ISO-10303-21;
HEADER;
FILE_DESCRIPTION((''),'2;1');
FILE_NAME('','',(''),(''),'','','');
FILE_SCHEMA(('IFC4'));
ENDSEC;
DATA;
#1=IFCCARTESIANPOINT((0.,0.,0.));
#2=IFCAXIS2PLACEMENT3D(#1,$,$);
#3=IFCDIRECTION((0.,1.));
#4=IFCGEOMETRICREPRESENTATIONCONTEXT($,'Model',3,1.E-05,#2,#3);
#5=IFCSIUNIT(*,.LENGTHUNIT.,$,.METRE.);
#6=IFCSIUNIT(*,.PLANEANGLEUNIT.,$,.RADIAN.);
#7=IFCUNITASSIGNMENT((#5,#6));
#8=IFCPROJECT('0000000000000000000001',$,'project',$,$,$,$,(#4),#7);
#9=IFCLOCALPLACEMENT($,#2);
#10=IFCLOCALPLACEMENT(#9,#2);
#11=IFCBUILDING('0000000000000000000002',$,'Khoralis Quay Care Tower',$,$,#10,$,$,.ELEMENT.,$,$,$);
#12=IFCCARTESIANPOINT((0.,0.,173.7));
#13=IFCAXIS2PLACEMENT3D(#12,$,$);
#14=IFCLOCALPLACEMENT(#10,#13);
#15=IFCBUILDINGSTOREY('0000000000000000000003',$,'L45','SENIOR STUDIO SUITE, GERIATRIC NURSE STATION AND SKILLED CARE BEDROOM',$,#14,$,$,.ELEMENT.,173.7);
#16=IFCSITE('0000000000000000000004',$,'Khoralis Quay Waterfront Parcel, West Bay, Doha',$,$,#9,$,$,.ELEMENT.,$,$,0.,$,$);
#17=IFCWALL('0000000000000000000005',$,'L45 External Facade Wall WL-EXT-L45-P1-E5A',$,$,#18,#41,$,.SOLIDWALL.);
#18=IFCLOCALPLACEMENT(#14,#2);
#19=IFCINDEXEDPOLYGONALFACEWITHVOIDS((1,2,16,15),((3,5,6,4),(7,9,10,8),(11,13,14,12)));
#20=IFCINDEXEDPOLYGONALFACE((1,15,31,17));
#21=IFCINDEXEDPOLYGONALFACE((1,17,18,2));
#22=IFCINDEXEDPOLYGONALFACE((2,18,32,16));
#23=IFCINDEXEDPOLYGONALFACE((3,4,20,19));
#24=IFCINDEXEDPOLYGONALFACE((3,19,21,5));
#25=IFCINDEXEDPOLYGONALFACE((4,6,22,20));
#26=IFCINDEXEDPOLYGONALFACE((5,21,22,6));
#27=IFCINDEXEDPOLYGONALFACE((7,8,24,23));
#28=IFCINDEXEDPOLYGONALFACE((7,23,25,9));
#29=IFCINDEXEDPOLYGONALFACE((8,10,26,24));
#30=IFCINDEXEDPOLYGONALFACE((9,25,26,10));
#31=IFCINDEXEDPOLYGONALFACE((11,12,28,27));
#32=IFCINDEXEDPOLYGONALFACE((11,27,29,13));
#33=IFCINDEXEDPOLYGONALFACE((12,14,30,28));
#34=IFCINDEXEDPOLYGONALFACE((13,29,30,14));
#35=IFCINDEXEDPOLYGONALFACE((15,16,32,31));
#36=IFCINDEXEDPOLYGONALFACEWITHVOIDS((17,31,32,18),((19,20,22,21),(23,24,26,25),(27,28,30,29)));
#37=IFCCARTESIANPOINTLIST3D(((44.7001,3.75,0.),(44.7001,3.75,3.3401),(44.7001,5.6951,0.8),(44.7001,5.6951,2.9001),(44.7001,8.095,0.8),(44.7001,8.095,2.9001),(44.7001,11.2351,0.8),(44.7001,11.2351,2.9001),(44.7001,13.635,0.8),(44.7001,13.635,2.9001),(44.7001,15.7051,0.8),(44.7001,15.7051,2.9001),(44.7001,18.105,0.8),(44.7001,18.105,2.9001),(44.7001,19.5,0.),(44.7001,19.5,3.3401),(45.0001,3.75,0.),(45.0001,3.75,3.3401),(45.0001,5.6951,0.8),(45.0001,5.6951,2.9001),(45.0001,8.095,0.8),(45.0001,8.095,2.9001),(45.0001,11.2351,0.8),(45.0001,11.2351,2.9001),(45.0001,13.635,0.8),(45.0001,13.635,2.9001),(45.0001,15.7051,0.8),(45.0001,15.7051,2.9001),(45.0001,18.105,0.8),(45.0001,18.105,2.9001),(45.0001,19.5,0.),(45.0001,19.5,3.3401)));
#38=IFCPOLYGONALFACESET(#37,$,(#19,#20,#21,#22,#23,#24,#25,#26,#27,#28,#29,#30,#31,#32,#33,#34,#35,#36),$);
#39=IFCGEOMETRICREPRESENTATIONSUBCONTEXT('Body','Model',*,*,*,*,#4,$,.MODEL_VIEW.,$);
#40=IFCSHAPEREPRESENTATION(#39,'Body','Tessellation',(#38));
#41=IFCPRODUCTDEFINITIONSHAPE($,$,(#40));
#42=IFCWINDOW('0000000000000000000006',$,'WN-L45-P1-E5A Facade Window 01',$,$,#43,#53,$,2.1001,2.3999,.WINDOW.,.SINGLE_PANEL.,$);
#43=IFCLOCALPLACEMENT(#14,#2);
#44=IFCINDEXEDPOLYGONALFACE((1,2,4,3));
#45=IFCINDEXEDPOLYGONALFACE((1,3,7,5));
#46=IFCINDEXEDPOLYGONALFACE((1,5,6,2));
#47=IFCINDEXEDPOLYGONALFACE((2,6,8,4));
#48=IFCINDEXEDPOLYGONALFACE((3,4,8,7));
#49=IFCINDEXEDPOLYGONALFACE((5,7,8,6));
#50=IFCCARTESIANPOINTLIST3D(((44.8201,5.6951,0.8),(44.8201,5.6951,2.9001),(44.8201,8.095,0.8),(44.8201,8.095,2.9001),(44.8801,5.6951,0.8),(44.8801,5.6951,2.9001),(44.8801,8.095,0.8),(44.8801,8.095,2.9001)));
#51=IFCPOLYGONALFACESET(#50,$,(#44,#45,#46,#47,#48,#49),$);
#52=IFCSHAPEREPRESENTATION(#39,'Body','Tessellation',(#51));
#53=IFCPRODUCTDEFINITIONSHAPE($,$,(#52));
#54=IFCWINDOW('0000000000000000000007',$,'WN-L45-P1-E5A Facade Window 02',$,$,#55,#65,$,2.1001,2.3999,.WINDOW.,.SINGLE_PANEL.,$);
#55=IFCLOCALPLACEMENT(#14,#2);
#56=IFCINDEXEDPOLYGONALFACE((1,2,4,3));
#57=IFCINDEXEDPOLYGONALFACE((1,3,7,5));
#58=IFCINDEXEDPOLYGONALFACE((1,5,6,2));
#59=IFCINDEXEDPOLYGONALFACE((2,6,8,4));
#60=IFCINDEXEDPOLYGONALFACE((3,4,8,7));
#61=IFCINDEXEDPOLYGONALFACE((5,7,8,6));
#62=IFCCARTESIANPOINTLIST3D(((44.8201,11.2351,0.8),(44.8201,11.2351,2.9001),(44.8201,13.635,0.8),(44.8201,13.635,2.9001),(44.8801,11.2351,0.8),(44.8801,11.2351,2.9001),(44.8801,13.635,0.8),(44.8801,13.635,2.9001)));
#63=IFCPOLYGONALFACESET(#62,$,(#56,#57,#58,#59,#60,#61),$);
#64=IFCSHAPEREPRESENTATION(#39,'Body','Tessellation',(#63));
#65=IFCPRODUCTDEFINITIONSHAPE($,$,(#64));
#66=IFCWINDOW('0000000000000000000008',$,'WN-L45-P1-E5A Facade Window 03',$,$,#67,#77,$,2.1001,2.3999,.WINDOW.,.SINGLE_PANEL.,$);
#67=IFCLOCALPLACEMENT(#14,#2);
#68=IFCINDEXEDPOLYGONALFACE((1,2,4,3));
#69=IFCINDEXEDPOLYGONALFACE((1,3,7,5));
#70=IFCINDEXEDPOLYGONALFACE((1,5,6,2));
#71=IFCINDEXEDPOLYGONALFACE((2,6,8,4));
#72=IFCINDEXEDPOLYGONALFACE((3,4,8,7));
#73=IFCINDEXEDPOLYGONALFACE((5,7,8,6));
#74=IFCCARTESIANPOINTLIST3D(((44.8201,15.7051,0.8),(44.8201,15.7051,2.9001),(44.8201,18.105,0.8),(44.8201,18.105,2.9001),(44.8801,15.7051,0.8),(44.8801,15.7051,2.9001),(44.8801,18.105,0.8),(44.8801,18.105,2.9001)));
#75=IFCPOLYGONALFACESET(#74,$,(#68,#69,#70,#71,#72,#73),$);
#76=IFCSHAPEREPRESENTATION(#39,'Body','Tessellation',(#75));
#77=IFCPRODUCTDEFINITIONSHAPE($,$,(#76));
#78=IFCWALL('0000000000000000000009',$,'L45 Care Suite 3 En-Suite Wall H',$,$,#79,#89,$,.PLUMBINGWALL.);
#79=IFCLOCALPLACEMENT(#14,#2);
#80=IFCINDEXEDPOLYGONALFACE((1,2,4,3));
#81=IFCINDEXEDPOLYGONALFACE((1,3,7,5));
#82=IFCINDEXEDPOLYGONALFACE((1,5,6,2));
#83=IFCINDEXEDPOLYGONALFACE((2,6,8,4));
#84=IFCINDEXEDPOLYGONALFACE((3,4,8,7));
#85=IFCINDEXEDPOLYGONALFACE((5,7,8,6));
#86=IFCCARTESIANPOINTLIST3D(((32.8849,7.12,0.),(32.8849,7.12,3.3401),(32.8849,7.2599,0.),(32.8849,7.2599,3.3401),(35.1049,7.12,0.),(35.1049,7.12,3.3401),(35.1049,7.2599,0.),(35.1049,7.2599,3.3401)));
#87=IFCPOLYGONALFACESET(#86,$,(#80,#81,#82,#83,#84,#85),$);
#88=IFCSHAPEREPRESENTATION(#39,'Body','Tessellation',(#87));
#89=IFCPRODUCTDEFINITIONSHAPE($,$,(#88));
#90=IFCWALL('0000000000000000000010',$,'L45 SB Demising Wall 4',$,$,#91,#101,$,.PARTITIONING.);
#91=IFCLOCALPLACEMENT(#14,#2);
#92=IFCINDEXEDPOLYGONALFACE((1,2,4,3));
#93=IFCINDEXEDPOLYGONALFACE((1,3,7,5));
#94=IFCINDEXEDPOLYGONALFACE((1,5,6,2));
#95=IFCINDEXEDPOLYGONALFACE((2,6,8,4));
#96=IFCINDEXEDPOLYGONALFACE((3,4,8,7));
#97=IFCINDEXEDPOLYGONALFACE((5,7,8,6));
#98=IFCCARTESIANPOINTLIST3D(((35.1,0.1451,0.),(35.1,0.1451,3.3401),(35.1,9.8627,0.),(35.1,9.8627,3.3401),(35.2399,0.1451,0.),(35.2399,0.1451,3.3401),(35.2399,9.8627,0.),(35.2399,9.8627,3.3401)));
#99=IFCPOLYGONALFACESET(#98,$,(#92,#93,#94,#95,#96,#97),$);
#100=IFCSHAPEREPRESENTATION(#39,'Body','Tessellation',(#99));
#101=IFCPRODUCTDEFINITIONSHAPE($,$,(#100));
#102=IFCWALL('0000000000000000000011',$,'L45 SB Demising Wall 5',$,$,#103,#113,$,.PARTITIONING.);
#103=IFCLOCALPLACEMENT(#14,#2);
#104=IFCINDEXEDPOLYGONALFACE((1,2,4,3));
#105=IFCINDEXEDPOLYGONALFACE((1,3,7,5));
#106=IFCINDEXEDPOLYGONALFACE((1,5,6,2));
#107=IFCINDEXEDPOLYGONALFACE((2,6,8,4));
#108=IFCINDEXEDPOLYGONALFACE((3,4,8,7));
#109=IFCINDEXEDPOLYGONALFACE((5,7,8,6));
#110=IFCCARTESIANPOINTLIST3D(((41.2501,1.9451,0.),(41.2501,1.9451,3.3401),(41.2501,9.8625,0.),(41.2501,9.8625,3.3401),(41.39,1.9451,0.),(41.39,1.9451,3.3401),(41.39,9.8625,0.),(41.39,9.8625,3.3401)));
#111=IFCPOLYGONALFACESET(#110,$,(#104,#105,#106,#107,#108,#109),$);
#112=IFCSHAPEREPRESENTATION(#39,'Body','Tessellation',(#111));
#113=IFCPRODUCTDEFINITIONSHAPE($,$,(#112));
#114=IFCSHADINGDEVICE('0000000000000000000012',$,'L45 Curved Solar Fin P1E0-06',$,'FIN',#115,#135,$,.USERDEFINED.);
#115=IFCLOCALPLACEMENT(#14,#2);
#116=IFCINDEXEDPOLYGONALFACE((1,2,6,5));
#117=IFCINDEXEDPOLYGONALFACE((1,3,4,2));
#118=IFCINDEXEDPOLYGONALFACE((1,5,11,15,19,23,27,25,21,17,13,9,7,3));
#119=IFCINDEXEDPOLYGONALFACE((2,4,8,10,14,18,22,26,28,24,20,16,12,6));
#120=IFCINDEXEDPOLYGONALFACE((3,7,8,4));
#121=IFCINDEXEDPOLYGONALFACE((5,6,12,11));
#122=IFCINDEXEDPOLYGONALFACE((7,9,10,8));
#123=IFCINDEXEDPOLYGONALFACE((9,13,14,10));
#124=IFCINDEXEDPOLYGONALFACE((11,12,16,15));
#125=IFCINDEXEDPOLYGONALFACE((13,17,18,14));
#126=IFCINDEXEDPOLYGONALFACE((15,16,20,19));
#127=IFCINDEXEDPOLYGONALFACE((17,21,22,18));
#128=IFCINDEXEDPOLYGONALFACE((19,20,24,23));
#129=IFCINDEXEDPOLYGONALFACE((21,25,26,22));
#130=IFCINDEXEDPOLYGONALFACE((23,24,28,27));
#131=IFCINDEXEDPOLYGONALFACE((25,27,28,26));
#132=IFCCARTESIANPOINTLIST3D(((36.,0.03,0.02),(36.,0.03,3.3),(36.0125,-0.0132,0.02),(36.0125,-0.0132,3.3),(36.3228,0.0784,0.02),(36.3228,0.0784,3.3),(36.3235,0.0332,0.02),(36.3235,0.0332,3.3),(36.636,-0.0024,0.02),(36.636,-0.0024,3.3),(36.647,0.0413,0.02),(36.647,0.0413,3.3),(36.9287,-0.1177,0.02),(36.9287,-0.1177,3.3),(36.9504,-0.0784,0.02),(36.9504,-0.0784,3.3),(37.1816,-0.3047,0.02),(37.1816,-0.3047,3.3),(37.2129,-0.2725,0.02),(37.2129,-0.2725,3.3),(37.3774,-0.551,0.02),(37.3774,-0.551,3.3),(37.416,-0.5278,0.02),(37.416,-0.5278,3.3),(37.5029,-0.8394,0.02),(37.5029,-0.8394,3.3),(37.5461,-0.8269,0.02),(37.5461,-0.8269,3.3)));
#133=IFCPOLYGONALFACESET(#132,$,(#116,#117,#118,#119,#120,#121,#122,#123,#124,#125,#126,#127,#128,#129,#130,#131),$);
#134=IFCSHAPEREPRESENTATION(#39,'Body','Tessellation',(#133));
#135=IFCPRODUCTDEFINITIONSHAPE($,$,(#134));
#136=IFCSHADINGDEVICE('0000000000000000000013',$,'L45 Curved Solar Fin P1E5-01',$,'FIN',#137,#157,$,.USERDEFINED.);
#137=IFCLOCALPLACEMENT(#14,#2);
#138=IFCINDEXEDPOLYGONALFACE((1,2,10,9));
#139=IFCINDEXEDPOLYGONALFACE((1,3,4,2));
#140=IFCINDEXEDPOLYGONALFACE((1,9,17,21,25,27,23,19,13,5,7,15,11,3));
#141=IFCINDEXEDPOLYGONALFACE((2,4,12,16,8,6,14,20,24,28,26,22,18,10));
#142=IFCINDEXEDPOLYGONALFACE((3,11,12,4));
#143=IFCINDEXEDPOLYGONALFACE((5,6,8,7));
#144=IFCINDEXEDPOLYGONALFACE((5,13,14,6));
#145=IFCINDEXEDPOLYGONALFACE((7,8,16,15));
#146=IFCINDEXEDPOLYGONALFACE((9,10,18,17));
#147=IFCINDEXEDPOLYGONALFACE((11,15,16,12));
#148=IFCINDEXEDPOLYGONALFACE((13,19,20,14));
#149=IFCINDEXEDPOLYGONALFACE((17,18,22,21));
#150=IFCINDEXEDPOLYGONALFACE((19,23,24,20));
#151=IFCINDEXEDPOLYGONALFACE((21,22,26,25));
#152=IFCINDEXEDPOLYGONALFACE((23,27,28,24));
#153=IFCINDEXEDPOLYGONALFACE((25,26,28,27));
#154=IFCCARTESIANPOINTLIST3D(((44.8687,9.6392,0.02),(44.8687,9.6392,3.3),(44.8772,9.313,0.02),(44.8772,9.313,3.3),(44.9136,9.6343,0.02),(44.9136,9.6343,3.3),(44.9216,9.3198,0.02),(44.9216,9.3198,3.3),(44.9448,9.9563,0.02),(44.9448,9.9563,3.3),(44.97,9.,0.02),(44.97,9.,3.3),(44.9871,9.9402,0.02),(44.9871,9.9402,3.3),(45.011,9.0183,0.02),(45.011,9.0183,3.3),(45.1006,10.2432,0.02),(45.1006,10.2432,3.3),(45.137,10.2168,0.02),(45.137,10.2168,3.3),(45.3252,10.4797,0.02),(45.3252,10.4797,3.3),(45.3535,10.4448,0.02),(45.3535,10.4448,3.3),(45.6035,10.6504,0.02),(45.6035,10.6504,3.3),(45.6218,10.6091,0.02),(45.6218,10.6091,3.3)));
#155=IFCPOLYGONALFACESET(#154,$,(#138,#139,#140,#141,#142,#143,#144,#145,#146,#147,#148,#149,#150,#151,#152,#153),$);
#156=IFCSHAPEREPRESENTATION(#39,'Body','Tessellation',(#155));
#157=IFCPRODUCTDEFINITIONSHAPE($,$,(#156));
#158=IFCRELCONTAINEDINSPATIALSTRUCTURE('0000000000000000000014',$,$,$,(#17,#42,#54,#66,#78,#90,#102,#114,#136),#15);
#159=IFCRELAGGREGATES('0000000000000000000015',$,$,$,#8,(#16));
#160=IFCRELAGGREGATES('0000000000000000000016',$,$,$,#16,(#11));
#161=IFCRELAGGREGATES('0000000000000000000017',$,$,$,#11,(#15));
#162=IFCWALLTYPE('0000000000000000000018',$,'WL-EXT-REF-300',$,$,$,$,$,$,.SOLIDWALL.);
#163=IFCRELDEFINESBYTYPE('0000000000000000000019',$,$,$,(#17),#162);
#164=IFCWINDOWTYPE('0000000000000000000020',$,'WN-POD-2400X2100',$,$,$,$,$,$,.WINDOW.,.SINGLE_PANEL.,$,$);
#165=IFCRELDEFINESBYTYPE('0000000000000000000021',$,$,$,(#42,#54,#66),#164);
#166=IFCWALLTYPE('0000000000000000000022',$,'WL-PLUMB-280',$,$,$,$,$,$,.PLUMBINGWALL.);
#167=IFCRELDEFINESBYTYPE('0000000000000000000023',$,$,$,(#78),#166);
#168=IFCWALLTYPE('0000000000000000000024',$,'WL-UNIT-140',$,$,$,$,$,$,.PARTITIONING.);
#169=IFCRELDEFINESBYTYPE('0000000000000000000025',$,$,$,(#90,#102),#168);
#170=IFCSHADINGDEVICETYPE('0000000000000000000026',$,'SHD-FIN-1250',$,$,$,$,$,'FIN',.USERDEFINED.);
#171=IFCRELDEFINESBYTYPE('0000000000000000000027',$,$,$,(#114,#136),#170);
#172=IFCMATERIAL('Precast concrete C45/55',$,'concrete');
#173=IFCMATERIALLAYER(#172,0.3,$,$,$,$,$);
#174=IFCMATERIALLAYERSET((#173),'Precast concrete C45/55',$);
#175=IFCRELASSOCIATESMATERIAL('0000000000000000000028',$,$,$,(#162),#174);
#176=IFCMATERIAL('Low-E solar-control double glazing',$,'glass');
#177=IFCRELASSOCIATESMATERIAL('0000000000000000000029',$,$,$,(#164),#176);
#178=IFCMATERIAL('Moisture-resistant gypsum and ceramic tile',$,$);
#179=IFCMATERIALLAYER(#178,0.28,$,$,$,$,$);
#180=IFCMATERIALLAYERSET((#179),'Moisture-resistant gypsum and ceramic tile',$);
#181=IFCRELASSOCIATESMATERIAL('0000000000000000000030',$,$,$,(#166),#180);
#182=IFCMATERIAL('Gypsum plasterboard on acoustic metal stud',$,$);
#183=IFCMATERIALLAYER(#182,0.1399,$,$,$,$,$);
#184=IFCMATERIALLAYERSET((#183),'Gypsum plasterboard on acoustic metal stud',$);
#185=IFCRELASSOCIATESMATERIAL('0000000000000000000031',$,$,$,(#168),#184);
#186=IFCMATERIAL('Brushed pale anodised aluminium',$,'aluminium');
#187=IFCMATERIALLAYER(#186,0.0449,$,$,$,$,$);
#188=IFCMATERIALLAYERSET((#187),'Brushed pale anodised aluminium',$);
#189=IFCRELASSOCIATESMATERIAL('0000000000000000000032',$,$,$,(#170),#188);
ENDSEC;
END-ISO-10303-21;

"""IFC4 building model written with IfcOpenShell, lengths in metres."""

from ifc_helpers import new_model, si_unit, direction, frame, frame_2d, origin, place, context, subcontext, project, spatial, polyline, rectangle, outline, extrude, source, transform, mapped, material, layer, layer_set, type_object, element, fill, save


model = new_model("IFC4")

# Units and contexts
model_context = context("Model", 3, precision=1e-05, world=origin(), true_north=direction((0.0, 1.0)))
body_context = subcontext(model_context, "Body", "Model", "MODEL_VIEW")
ifc_project = project(units=[si_unit("LENGTHUNIT", "METRE"), si_unit("PLANEANGLEUNIT", "RADIAN")], contexts=[model_context])

# Site, building, storey
site_placement = place(None, origin())
site = spatial("IfcSite", under=ifc_project, at=site_placement, Name="Khoralis Quay Waterfront Parcel, West Bay, Doha", CompositionType="ELEMENT", RefElevation=0.0)
building_placement = place(site_placement, origin())
building = spatial("IfcBuilding", under=site, at=building_placement, Name="Khoralis Quay Care Tower", CompositionType="ELEMENT")
storey_placement = place(building_placement, frame((0.0, 0.0, 173.7)))
storey = spatial("IfcBuildingStorey", under=building, at=storey_placement, Name="L45", Description="SENIOR STUDIO SUITE, GERIATRIC NURSE STATION AND SKILLED CARE BEDROOM", CompositionType="ELEMENT", Elevation=173.7)

# Shared definitions
ifc_material_1 = material(Name="Gypsum plasterboard on acoustic metal stud")

# Shared definitions
ifc_material_2 = material(Name="Precast concrete C45/55", Category="concrete")
ifc_layer_1 = layer(ifc_material_2, 0.3)
ifc_layer_set_1 = layer_set([ifc_layer_1], Name="Precast concrete C45/55")
wall_type_1 = type_object("IfcWallType", Name="WL-EXT-REF-300", PredefinedType="SOLIDWALL", material=ifc_layer_set_1)

# Wall, openings, windows
wall_1_placement = place(storey_placement, frame((44.8501, 3.75, 0.0), z_axis=(0.0, 0.0, 1.0), x_axis=(0.0, 1.0, 0.0)))
wall_1 = element("IfcWall", 1, at=wall_1_placement, inside=storey, type_object=wall_type_1, Name="L45 External Facade Wall WL-EXT-L45-P1-E5A", PredefinedType="SOLIDWALL", context=body_context, shape_type="SweptSolid", body=[
    extrude(rectangle(XDim=15.75, YDim=0.3, at=frame_2d((7.875, 0.0))), origin(), (0.0, 0.0, 1.0), 3.3401),
])
opening_1_placement = place(wall_1_placement, frame((1.9451, 0.0, 0.8)))
opening_1 = element("IfcOpeningElement", 2, at=opening_1_placement, cuts=wall_1, PredefinedType="OPENING", context=body_context, shape_type="SweptSolid", body=[
    extrude(rectangle(XDim=2.3999, YDim=2.1001, at=frame_2d((1.2, 1.05))), frame((0.0, 0.1602, 0.0), z_axis=(0.0, -1.0, 0.0), x_axis=(1.0, 0.0, 0.0)), (0.0, 0.0, 1.0), 0.3201),
])
opening_2_placement = place(wall_1_placement, frame((7.4851, 0.0, 0.8)))
opening_2 = element("IfcOpeningElement", 3, at=opening_2_placement, cuts=wall_1, PredefinedType="OPENING", context=body_context, shape_type="SweptSolid", body=[
    extrude(rectangle(XDim=2.3999, YDim=2.1001, at=frame_2d((1.2, 1.05))), frame((0.0, 0.1602, 0.0), z_axis=(0.0, -1.0, 0.0), x_axis=(1.0, 0.0, 0.0)), (0.0, 0.0, 1.0), 0.3201),
])
opening_3_placement = place(wall_1_placement, frame((11.9551, 0.0, 0.8)))
opening_3 = element("IfcOpeningElement", 4, at=opening_3_placement, cuts=wall_1, PredefinedType="OPENING", context=body_context, shape_type="SweptSolid", body=[
    extrude(rectangle(XDim=2.3999, YDim=2.1001, at=frame_2d((1.2, 1.05))), frame((0.0, 0.1602, 0.0), z_axis=(0.0, -1.0, 0.0), x_axis=(1.0, 0.0, 0.0)), (0.0, 0.0, 1.0), 0.3201),
])
ifc_material_3 = material(Name="Low-E solar-control double glazing", Category="glass")
window_type = type_object("IfcWindowType", Name="WN-POD-2400X2100", PartitioningType="SINGLE_PANEL", PredefinedType="WINDOW", material=ifc_material_3)
shared_shape_1 = source(origin(), body_context, "Body", "SweptSolid", [
    extrude(rectangle(XDim=2.3999, YDim=2.1001, at=frame_2d((1.2, 1.05))), frame((0.0, 0.03, 0.0), z_axis=(0.0, -1.0, 0.0), x_axis=(1.0, 0.0, 0.0)), (0.0, 0.0, 1.0), 0.0601),
])
window_1_placement = place(opening_1_placement, origin())
window_1 = element("IfcWindow", 5, at=window_1_placement, inside=storey, type_object=window_type, Name="WN-L45-P1-E5A Facade Window 01", OverallHeight=2.1001, OverallWidth=2.3999, PartitioningType="SINGLE_PANEL", PredefinedType="WINDOW", context=body_context, shape_type="MappedRepresentation", body=[
    mapped(shared_shape_1, transform((0.0, 0.0, 0.0), scale=1.0)),
])
fill(opening_1, window_1)
window_2_placement = place(opening_2_placement, origin())
window_2 = element("IfcWindow", 6, at=window_2_placement, inside=storey, type_object=window_type, Name="WN-L45-P1-E5A Facade Window 02", OverallHeight=2.1001, OverallWidth=2.3999, PartitioningType="SINGLE_PANEL", PredefinedType="WINDOW", context=body_context, shape_type="MappedRepresentation", body=[
    mapped(shared_shape_1, transform((0.0, 0.0, 0.0), scale=1.0)),
])
fill(opening_2, window_2)
window_3_placement = place(opening_3_placement, origin())
window_3 = element("IfcWindow", 7, at=window_3_placement, inside=storey, type_object=window_type, Name="WN-L45-P1-E5A Facade Window 03", OverallHeight=2.1001, OverallWidth=2.3999, PartitioningType="SINGLE_PANEL", PredefinedType="WINDOW", context=body_context, shape_type="MappedRepresentation", body=[
    mapped(shared_shape_1, transform((0.0, 0.0, 0.0), scale=1.0)),
])
fill(opening_3, window_3)

# Walls
ifc_material_4 = material(Name="Moisture-resistant gypsum and ceramic tile")
ifc_layer_2 = layer(ifc_material_4, 0.28)
ifc_layer_set_2 = layer_set([ifc_layer_2], Name="Moisture-resistant gypsum and ceramic tile")
wall_type_2 = type_object("IfcWallType", Name="WL-PLUMB-280", PredefinedType="PLUMBINGWALL", material=ifc_layer_set_2)
wall_2_placement = place(storey_placement, frame((32.885, 7.1899, 0.0), z_axis=(0.0, 0.0, 1.0), x_axis=(1.0, 0.0, 0.0)))
element("IfcWall", 8, at=wall_2_placement, inside=storey, type_object=wall_type_2, Name="L45 Care Suite 3 En-Suite Wall H", PredefinedType="PLUMBINGWALL", context=body_context, shape_type="SweptSolid", body=[
    extrude(rectangle(XDim=2.22, YDim=0.1399, at=frame_2d((1.1099, 0.0))), origin(), (0.0, 0.0, 1.0), 3.3401),
])
ifc_layer_3 = layer(ifc_material_1, 0.1399)
ifc_layer_set_3 = layer_set([ifc_layer_3], Name="Gypsum plasterboard on acoustic metal stud")
wall_type_3 = type_object("IfcWallType", Name="WL-UNIT-140", PredefinedType="PARTITIONING", material=ifc_layer_set_3)
wall_3_placement = place(storey_placement, frame((35.1699, 0.145, 0.0), z_axis=(0.0, 0.0, 1.0), x_axis=(0.0, 1.0, 0.0)))
element("IfcWall", 9, at=wall_3_placement, inside=storey, type_object=wall_type_3, Name="L45 SB Demising Wall 4", PredefinedType="PARTITIONING", context=body_context, shape_type="SweptSolid", body=[
    extrude(rectangle(XDim=9.7175, YDim=0.1399, at=frame_2d((4.8589, 0.0))), origin(), (0.0, 0.0, 1.0), 3.3401),
])
wall_4_placement = place(storey_placement, frame((41.3201, 1.9451, 0.0), z_axis=(0.0, 0.0, 1.0), x_axis=(0.0, 1.0, 0.0)))
element("IfcWall", 10, at=wall_4_placement, inside=storey, type_object=wall_type_3, Name="L45 SB Demising Wall 5", PredefinedType="PARTITIONING", context=body_context, shape_type="SweptSolid", body=[
    extrude(rectangle(XDim=7.9175, YDim=0.1399, at=frame_2d((3.9587, 0.0))), origin(), (0.0, 0.0, 1.0), 3.3401),
])

# Shading devices
ifc_material_5 = material(Name="Brushed pale anodised aluminium", Category="aluminium")
ifc_layer_4 = layer(ifc_material_5, 0.0449)
ifc_layer_set_4 = layer_set([ifc_layer_4], Name="Brushed pale anodised aluminium")
shading_device_type = type_object("IfcShadingDeviceType", Name="SHD-FIN-1250", ElementType="FIN", PredefinedType="USERDEFINED", material=ifc_layer_set_4)
shared_shape_2 = source(origin(), body_context, "Body", "SweptSolid", [
    extrude(outline(polyline([(0.0, 0.0), (-0.0483, 0.3228), (-0.0112, 0.647), (0.1084, 0.9504), (0.3025, 1.2129), (0.5579, 1.416), (0.8569, 1.5461), (0.8694, 1.5029), (0.5811, 1.3774), (0.3347, 1.1816), (0.1477, 0.9287), (0.0325, 0.636), (-0.0032, 0.3235), (0.0432, 0.0125), (0.0, 0.0)])), origin(), (0.0, 0.0, 1.0), 3.28),
])
shading_device_1_placement = place(storey_placement, frame((36.0, 0.03, 0.02), z_axis=(0.0, 0.0, 1.0), x_axis=(0.0, -1.0, 0.0)))
element("IfcShadingDevice", 11, at=shading_device_1_placement, inside=storey, type_object=shading_device_type, Name="L45 Curved Solar Fin P1E0-06", ObjectType="FIN", PredefinedType="USERDEFINED", context=body_context, shape_type="MappedRepresentation", body=[
    mapped(shared_shape_2, transform((0.0, 0.0, 0.0), scale=1.0)),
])
shared_shape_3 = source(origin(), body_context, "Body", "SweptSolid", [
    extrude(outline(polyline([(0.0, 0.0), (-0.0928, 0.313), (-0.1013, 0.6392), (-0.0251, 0.9563), (0.1306, 1.2432), (0.3552, 1.4797), (0.6335, 1.6504), (0.6519, 1.6091), (0.3835, 1.4448), (0.167, 1.2168), (0.0171, 0.9402), (-0.0564, 0.6343), (-0.0483, 0.3198), (0.041, 0.0183), (0.0, 0.0)])), origin(), (0.0, 0.0, 1.0), 3.28),
])
shading_device_2_placement = place(storey_placement, frame((44.97, 9.0, 0.02), z_axis=(0.0, 0.0, 1.0), x_axis=(1.0, 0.0, 0.0)))
element("IfcShadingDevice", 12, at=shading_device_2_placement, inside=storey, type_object=shading_device_type, Name="L45 Curved Solar Fin P1E5-01", ObjectType="FIN", PredefinedType="USERDEFINED", context=body_context, shape_type="MappedRepresentation", body=[
    mapped(shared_shape_3, transform((0.0, 0.0, 0.0), scale=1.0)),
])

save(model, "model.ifc")
